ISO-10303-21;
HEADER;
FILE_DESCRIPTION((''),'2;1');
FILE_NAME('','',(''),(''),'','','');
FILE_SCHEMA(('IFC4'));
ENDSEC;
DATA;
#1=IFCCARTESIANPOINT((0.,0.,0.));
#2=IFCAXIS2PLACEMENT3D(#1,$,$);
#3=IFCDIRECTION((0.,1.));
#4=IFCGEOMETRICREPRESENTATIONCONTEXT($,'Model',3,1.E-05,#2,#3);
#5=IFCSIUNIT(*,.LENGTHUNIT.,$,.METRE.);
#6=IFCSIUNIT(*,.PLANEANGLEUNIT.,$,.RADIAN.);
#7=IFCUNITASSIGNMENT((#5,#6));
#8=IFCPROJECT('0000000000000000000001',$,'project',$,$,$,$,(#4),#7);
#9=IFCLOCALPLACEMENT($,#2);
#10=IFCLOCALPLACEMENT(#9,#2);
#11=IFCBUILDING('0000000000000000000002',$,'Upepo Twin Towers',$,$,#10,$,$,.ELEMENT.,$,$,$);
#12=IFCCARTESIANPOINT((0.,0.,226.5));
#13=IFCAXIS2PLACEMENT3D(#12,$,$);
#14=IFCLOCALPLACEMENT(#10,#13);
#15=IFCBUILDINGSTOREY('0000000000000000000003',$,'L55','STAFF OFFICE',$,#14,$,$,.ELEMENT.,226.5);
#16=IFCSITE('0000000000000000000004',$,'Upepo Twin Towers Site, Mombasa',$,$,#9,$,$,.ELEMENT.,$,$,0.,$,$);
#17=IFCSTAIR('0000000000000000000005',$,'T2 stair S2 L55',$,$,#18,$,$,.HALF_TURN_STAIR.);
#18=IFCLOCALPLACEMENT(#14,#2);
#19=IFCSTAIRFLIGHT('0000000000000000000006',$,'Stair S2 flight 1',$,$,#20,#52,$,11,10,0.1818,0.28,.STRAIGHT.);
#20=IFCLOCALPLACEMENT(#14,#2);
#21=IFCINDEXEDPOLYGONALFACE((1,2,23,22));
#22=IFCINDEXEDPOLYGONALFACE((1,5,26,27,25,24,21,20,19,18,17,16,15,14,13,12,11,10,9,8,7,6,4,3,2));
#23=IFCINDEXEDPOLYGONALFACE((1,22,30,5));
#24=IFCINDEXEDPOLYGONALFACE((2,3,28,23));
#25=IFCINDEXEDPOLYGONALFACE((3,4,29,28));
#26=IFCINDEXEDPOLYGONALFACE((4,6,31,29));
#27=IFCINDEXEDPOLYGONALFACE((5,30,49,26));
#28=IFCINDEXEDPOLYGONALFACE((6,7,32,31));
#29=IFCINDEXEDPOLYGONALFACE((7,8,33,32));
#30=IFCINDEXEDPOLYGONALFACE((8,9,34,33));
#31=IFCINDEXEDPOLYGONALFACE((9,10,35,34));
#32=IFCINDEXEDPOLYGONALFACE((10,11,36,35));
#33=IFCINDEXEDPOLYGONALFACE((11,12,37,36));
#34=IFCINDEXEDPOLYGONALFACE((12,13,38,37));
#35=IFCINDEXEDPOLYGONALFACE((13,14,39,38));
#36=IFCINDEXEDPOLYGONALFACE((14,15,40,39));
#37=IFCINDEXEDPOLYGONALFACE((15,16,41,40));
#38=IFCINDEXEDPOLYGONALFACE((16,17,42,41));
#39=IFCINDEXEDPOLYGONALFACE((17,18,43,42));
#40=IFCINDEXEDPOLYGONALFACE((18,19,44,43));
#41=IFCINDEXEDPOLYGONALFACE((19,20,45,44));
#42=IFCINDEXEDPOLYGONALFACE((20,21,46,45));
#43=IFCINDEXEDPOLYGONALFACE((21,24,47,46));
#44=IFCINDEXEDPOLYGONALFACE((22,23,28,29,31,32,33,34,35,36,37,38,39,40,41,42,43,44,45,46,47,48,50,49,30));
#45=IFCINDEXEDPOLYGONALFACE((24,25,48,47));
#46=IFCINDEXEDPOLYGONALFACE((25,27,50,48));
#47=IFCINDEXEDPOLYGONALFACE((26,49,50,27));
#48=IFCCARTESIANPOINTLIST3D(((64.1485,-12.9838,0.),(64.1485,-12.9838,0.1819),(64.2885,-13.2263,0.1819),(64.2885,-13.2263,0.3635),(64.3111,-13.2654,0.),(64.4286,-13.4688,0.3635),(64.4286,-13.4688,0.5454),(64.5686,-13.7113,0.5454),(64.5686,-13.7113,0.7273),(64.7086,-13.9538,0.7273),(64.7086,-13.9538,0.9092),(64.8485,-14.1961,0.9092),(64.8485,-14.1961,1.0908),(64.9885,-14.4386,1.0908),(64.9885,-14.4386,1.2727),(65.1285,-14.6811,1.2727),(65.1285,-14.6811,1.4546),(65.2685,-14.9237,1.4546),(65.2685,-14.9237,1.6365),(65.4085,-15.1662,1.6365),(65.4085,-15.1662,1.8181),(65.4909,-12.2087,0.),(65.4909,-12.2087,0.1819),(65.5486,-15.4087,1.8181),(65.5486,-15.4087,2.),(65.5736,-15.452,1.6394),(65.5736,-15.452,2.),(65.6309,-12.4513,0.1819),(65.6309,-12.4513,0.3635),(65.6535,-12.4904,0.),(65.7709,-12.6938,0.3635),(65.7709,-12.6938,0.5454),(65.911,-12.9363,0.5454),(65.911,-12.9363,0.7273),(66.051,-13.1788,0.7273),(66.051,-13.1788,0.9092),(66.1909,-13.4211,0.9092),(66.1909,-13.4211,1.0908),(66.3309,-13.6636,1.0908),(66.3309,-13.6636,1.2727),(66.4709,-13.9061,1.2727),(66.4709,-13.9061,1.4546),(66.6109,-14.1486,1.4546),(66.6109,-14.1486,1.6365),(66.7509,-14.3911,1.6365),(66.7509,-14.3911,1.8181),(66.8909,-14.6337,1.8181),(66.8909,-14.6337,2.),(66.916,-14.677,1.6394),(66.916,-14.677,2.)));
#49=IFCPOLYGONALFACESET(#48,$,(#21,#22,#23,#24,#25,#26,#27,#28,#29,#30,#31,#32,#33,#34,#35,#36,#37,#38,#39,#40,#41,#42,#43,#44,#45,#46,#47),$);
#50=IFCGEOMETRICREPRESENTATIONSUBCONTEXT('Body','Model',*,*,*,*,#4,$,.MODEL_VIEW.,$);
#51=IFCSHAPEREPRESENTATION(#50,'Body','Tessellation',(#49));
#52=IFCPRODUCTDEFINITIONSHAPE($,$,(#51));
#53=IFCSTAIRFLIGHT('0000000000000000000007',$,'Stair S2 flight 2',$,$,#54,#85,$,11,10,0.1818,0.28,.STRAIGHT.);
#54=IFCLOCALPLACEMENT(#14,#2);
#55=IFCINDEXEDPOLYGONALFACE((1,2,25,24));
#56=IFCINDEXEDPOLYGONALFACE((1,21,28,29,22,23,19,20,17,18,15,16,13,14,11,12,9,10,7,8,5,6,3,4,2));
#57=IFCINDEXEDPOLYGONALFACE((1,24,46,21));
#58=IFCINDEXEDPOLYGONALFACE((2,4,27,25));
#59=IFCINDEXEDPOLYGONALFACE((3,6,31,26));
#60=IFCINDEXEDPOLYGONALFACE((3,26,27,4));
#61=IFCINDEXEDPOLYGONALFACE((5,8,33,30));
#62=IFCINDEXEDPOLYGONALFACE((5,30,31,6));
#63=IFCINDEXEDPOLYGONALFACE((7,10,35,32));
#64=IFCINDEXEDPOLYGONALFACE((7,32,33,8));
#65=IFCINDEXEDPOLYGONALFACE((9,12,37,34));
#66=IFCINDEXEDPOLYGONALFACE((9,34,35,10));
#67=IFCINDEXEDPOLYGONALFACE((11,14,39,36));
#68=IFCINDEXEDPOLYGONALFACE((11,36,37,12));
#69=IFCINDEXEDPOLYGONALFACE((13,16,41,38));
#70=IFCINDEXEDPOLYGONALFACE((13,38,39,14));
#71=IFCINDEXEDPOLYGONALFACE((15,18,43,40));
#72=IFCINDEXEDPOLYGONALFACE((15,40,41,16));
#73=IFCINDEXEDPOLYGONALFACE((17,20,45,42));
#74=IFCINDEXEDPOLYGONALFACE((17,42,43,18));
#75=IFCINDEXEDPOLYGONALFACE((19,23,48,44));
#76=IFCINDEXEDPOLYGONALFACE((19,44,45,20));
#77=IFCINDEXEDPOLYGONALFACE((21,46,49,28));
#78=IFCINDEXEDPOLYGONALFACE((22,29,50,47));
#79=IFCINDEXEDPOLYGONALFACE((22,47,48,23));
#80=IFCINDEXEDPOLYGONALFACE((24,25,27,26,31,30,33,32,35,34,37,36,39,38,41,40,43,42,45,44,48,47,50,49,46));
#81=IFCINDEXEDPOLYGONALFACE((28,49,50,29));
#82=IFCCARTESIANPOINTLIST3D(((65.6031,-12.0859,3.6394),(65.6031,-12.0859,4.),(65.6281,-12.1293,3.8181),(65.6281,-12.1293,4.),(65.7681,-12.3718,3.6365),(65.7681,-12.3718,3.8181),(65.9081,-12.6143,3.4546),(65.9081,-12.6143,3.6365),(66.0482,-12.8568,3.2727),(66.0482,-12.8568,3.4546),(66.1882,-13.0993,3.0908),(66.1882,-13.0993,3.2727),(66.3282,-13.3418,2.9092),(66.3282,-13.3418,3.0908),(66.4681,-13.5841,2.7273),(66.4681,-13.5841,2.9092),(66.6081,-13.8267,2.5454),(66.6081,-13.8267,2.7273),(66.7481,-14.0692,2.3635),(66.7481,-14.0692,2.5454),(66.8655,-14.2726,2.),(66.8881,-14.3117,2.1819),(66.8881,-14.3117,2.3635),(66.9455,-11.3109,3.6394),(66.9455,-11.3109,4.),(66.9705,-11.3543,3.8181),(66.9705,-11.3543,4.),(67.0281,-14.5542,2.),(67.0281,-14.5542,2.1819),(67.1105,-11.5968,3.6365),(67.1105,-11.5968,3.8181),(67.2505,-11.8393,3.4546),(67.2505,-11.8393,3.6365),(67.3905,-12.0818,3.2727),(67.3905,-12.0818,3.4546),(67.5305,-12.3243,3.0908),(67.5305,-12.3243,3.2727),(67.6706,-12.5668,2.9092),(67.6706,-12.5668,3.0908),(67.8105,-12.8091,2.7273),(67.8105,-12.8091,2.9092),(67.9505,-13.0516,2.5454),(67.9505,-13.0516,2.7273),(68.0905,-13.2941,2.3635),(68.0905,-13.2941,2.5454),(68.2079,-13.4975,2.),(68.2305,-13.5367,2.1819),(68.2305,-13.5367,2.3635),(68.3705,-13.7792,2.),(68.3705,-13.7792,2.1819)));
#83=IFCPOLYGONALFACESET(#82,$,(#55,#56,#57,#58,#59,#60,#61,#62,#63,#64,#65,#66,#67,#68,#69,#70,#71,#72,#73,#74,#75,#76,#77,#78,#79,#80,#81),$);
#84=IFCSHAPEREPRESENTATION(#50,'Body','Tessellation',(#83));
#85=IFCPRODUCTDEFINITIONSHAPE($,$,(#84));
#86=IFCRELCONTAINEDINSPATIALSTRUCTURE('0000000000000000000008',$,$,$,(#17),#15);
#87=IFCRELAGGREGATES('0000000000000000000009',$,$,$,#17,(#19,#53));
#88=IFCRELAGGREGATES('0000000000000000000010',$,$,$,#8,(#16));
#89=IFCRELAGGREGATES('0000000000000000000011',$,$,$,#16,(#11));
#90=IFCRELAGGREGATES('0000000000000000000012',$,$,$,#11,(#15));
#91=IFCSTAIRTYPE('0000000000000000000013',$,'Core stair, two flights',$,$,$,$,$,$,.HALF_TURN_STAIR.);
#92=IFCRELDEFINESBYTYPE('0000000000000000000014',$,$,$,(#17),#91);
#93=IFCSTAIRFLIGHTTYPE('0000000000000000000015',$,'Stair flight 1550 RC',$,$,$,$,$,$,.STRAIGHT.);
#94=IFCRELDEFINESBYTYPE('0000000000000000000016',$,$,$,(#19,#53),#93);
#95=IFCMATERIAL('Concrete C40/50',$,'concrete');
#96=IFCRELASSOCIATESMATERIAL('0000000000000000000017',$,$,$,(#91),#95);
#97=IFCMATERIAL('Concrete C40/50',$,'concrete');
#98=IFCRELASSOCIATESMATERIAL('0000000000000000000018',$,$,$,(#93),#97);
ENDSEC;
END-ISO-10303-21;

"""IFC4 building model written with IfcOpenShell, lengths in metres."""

from ifc_helpers import new_model, si_unit, direction, frame, origin, place, context, subcontext, project, spatial, polyline, outline, extrude, material, type_object, element, aggregate, save


model = new_model("IFC4")

# Units and contexts
model_context = context("Model", 3, precision=1e-05, world=origin(), true_north=direction((0.0, 1.0)))
body_context = subcontext(model_context, "Body", "Model", "MODEL_VIEW")
ifc_project = project(units=[si_unit("LENGTHUNIT", "METRE"), si_unit("PLANEANGLEUNIT", "RADIAN")], contexts=[model_context])

# Site, building, storey
site_placement = place(None, origin())
site = spatial("IfcSite", under=ifc_project, at=site_placement, Name="Upepo Twin Towers Site, Mombasa", CompositionType="ELEMENT", RefElevation=0.0)
building_placement = place(site_placement, origin())
building = spatial("IfcBuilding", under=site, at=building_placement, Name="Upepo Twin Towers", CompositionType="ELEMENT")
storey_placement = place(building_placement, frame((0.0, 0.0, 226.5)))
storey = spatial("IfcBuildingStorey", under=building, at=storey_placement, Name="L55", Description="STAFF OFFICE", CompositionType="ELEMENT", Elevation=226.5)

# Stair, stair flights
ifc_material_1 = material(Name="Concrete C40/50", Category="concrete")
stair_type = type_object("IfcStairType", Name="Core stair, two flights", PredefinedType="HALF_TURN_STAIR", material=ifc_material_1)
stair_placement = place(storey_placement, origin())
stair = element("IfcStair", 1, at=stair_placement, inside=storey, type_object=stair_type, Name="T2 stair S2 L55", PredefinedType="HALF_TURN_STAIR")
ifc_material_2 = material(Name="Concrete C40/50", Category="concrete")
stair_flight_type = type_object("IfcStairFlightType", Name="Stair flight 1550 RC", PredefinedType="STRAIGHT", material=ifc_material_2)
stair_flight_1_placement = place(storey_placement, frame((64.8198, -12.5962, 0.0), z_axis=(0.0, 0.0, 1.0), x_axis=(0.5, -0.866025, 0.0)))
stair_flight_1 = element("IfcStairFlight", 2, at=stair_flight_1_placement, type_object=stair_flight_type, Name="Stair S2 flight 1", NumberOfRisers=11, NumberOfTreads=10, PredefinedType="STRAIGHT", RiserHeight=0.1818, TreadLength=0.28, context=body_context, shape_type="SweptSolid", body=[
    extrude(outline(polyline([(0.0, 0.0), (0.0, 0.1819), (0.28, 0.1819), (0.28, 0.3635), (0.5601, 0.3635), (0.5601, 0.5454), (0.8401, 0.5454), (0.8401, 0.7273), (1.1201, 0.7273), (1.1201, 0.9092), (1.3999, 0.9092), (1.3999, 1.0908), (1.6799, 1.0908), (1.6799, 1.2727), (1.96, 1.2727), (1.96, 1.4546), (2.24, 1.4546), (2.24, 1.6365), (2.52, 1.6365), (2.52, 1.8181), (2.8, 1.8181), (2.8, 2.0), (2.8501, 2.0), (2.8501, 1.6394), (0.3252, 0.0), (0.0, 0.0)])), frame((0.0, 0.7749, 0.0), z_axis=(0.0, -1.0, 0.0), x_axis=(1.0, 0.0, 0.0)), (0.0, 0.0, 1.0), 1.55),
])
stair_flight_2_placement = place(storey_placement, frame((67.6992, -14.1667, 2.0), z_axis=(0.0, 0.0, 1.0), x_axis=(-0.5, 0.866025, 0.0)))
stair_flight_2 = element("IfcStairFlight", 3, at=stair_flight_2_placement, type_object=stair_flight_type, Name="Stair S2 flight 2", NumberOfRisers=11, NumberOfTreads=10, PredefinedType="STRAIGHT", RiserHeight=0.1818, TreadLength=0.28, context=body_context, shape_type="SweptSolid", body=[
    extrude(outline(polyline([(0.0, 0.0), (0.0, 0.1819), (0.28, 0.1819), (0.28, 0.3635), (0.5601, 0.3635), (0.5601, 0.5454), (0.8401, 0.5454), (0.8401, 0.7273), (1.1201, 0.7273), (1.1201, 0.9092), (1.3999, 0.9092), (1.3999, 1.0908), (1.6799, 1.0908), (1.6799, 1.2727), (1.96, 1.2727), (1.96, 1.4546), (2.24, 1.4546), (2.24, 1.6365), (2.52, 1.6365), (2.52, 1.8181), (2.8, 1.8181), (2.8, 2.0), (2.8501, 2.0), (2.8501, 1.6394), (0.3252, 0.0), (0.0, 0.0)])), frame((0.0, 0.7749, 0.0), z_axis=(0.0, -1.0, 0.0), x_axis=(1.0, 0.0, 0.0)), (0.0, 0.0, 1.0), 1.55),
])
aggregate(stair, [stair_flight_1, stair_flight_2])

save(model, "model.ifc")
